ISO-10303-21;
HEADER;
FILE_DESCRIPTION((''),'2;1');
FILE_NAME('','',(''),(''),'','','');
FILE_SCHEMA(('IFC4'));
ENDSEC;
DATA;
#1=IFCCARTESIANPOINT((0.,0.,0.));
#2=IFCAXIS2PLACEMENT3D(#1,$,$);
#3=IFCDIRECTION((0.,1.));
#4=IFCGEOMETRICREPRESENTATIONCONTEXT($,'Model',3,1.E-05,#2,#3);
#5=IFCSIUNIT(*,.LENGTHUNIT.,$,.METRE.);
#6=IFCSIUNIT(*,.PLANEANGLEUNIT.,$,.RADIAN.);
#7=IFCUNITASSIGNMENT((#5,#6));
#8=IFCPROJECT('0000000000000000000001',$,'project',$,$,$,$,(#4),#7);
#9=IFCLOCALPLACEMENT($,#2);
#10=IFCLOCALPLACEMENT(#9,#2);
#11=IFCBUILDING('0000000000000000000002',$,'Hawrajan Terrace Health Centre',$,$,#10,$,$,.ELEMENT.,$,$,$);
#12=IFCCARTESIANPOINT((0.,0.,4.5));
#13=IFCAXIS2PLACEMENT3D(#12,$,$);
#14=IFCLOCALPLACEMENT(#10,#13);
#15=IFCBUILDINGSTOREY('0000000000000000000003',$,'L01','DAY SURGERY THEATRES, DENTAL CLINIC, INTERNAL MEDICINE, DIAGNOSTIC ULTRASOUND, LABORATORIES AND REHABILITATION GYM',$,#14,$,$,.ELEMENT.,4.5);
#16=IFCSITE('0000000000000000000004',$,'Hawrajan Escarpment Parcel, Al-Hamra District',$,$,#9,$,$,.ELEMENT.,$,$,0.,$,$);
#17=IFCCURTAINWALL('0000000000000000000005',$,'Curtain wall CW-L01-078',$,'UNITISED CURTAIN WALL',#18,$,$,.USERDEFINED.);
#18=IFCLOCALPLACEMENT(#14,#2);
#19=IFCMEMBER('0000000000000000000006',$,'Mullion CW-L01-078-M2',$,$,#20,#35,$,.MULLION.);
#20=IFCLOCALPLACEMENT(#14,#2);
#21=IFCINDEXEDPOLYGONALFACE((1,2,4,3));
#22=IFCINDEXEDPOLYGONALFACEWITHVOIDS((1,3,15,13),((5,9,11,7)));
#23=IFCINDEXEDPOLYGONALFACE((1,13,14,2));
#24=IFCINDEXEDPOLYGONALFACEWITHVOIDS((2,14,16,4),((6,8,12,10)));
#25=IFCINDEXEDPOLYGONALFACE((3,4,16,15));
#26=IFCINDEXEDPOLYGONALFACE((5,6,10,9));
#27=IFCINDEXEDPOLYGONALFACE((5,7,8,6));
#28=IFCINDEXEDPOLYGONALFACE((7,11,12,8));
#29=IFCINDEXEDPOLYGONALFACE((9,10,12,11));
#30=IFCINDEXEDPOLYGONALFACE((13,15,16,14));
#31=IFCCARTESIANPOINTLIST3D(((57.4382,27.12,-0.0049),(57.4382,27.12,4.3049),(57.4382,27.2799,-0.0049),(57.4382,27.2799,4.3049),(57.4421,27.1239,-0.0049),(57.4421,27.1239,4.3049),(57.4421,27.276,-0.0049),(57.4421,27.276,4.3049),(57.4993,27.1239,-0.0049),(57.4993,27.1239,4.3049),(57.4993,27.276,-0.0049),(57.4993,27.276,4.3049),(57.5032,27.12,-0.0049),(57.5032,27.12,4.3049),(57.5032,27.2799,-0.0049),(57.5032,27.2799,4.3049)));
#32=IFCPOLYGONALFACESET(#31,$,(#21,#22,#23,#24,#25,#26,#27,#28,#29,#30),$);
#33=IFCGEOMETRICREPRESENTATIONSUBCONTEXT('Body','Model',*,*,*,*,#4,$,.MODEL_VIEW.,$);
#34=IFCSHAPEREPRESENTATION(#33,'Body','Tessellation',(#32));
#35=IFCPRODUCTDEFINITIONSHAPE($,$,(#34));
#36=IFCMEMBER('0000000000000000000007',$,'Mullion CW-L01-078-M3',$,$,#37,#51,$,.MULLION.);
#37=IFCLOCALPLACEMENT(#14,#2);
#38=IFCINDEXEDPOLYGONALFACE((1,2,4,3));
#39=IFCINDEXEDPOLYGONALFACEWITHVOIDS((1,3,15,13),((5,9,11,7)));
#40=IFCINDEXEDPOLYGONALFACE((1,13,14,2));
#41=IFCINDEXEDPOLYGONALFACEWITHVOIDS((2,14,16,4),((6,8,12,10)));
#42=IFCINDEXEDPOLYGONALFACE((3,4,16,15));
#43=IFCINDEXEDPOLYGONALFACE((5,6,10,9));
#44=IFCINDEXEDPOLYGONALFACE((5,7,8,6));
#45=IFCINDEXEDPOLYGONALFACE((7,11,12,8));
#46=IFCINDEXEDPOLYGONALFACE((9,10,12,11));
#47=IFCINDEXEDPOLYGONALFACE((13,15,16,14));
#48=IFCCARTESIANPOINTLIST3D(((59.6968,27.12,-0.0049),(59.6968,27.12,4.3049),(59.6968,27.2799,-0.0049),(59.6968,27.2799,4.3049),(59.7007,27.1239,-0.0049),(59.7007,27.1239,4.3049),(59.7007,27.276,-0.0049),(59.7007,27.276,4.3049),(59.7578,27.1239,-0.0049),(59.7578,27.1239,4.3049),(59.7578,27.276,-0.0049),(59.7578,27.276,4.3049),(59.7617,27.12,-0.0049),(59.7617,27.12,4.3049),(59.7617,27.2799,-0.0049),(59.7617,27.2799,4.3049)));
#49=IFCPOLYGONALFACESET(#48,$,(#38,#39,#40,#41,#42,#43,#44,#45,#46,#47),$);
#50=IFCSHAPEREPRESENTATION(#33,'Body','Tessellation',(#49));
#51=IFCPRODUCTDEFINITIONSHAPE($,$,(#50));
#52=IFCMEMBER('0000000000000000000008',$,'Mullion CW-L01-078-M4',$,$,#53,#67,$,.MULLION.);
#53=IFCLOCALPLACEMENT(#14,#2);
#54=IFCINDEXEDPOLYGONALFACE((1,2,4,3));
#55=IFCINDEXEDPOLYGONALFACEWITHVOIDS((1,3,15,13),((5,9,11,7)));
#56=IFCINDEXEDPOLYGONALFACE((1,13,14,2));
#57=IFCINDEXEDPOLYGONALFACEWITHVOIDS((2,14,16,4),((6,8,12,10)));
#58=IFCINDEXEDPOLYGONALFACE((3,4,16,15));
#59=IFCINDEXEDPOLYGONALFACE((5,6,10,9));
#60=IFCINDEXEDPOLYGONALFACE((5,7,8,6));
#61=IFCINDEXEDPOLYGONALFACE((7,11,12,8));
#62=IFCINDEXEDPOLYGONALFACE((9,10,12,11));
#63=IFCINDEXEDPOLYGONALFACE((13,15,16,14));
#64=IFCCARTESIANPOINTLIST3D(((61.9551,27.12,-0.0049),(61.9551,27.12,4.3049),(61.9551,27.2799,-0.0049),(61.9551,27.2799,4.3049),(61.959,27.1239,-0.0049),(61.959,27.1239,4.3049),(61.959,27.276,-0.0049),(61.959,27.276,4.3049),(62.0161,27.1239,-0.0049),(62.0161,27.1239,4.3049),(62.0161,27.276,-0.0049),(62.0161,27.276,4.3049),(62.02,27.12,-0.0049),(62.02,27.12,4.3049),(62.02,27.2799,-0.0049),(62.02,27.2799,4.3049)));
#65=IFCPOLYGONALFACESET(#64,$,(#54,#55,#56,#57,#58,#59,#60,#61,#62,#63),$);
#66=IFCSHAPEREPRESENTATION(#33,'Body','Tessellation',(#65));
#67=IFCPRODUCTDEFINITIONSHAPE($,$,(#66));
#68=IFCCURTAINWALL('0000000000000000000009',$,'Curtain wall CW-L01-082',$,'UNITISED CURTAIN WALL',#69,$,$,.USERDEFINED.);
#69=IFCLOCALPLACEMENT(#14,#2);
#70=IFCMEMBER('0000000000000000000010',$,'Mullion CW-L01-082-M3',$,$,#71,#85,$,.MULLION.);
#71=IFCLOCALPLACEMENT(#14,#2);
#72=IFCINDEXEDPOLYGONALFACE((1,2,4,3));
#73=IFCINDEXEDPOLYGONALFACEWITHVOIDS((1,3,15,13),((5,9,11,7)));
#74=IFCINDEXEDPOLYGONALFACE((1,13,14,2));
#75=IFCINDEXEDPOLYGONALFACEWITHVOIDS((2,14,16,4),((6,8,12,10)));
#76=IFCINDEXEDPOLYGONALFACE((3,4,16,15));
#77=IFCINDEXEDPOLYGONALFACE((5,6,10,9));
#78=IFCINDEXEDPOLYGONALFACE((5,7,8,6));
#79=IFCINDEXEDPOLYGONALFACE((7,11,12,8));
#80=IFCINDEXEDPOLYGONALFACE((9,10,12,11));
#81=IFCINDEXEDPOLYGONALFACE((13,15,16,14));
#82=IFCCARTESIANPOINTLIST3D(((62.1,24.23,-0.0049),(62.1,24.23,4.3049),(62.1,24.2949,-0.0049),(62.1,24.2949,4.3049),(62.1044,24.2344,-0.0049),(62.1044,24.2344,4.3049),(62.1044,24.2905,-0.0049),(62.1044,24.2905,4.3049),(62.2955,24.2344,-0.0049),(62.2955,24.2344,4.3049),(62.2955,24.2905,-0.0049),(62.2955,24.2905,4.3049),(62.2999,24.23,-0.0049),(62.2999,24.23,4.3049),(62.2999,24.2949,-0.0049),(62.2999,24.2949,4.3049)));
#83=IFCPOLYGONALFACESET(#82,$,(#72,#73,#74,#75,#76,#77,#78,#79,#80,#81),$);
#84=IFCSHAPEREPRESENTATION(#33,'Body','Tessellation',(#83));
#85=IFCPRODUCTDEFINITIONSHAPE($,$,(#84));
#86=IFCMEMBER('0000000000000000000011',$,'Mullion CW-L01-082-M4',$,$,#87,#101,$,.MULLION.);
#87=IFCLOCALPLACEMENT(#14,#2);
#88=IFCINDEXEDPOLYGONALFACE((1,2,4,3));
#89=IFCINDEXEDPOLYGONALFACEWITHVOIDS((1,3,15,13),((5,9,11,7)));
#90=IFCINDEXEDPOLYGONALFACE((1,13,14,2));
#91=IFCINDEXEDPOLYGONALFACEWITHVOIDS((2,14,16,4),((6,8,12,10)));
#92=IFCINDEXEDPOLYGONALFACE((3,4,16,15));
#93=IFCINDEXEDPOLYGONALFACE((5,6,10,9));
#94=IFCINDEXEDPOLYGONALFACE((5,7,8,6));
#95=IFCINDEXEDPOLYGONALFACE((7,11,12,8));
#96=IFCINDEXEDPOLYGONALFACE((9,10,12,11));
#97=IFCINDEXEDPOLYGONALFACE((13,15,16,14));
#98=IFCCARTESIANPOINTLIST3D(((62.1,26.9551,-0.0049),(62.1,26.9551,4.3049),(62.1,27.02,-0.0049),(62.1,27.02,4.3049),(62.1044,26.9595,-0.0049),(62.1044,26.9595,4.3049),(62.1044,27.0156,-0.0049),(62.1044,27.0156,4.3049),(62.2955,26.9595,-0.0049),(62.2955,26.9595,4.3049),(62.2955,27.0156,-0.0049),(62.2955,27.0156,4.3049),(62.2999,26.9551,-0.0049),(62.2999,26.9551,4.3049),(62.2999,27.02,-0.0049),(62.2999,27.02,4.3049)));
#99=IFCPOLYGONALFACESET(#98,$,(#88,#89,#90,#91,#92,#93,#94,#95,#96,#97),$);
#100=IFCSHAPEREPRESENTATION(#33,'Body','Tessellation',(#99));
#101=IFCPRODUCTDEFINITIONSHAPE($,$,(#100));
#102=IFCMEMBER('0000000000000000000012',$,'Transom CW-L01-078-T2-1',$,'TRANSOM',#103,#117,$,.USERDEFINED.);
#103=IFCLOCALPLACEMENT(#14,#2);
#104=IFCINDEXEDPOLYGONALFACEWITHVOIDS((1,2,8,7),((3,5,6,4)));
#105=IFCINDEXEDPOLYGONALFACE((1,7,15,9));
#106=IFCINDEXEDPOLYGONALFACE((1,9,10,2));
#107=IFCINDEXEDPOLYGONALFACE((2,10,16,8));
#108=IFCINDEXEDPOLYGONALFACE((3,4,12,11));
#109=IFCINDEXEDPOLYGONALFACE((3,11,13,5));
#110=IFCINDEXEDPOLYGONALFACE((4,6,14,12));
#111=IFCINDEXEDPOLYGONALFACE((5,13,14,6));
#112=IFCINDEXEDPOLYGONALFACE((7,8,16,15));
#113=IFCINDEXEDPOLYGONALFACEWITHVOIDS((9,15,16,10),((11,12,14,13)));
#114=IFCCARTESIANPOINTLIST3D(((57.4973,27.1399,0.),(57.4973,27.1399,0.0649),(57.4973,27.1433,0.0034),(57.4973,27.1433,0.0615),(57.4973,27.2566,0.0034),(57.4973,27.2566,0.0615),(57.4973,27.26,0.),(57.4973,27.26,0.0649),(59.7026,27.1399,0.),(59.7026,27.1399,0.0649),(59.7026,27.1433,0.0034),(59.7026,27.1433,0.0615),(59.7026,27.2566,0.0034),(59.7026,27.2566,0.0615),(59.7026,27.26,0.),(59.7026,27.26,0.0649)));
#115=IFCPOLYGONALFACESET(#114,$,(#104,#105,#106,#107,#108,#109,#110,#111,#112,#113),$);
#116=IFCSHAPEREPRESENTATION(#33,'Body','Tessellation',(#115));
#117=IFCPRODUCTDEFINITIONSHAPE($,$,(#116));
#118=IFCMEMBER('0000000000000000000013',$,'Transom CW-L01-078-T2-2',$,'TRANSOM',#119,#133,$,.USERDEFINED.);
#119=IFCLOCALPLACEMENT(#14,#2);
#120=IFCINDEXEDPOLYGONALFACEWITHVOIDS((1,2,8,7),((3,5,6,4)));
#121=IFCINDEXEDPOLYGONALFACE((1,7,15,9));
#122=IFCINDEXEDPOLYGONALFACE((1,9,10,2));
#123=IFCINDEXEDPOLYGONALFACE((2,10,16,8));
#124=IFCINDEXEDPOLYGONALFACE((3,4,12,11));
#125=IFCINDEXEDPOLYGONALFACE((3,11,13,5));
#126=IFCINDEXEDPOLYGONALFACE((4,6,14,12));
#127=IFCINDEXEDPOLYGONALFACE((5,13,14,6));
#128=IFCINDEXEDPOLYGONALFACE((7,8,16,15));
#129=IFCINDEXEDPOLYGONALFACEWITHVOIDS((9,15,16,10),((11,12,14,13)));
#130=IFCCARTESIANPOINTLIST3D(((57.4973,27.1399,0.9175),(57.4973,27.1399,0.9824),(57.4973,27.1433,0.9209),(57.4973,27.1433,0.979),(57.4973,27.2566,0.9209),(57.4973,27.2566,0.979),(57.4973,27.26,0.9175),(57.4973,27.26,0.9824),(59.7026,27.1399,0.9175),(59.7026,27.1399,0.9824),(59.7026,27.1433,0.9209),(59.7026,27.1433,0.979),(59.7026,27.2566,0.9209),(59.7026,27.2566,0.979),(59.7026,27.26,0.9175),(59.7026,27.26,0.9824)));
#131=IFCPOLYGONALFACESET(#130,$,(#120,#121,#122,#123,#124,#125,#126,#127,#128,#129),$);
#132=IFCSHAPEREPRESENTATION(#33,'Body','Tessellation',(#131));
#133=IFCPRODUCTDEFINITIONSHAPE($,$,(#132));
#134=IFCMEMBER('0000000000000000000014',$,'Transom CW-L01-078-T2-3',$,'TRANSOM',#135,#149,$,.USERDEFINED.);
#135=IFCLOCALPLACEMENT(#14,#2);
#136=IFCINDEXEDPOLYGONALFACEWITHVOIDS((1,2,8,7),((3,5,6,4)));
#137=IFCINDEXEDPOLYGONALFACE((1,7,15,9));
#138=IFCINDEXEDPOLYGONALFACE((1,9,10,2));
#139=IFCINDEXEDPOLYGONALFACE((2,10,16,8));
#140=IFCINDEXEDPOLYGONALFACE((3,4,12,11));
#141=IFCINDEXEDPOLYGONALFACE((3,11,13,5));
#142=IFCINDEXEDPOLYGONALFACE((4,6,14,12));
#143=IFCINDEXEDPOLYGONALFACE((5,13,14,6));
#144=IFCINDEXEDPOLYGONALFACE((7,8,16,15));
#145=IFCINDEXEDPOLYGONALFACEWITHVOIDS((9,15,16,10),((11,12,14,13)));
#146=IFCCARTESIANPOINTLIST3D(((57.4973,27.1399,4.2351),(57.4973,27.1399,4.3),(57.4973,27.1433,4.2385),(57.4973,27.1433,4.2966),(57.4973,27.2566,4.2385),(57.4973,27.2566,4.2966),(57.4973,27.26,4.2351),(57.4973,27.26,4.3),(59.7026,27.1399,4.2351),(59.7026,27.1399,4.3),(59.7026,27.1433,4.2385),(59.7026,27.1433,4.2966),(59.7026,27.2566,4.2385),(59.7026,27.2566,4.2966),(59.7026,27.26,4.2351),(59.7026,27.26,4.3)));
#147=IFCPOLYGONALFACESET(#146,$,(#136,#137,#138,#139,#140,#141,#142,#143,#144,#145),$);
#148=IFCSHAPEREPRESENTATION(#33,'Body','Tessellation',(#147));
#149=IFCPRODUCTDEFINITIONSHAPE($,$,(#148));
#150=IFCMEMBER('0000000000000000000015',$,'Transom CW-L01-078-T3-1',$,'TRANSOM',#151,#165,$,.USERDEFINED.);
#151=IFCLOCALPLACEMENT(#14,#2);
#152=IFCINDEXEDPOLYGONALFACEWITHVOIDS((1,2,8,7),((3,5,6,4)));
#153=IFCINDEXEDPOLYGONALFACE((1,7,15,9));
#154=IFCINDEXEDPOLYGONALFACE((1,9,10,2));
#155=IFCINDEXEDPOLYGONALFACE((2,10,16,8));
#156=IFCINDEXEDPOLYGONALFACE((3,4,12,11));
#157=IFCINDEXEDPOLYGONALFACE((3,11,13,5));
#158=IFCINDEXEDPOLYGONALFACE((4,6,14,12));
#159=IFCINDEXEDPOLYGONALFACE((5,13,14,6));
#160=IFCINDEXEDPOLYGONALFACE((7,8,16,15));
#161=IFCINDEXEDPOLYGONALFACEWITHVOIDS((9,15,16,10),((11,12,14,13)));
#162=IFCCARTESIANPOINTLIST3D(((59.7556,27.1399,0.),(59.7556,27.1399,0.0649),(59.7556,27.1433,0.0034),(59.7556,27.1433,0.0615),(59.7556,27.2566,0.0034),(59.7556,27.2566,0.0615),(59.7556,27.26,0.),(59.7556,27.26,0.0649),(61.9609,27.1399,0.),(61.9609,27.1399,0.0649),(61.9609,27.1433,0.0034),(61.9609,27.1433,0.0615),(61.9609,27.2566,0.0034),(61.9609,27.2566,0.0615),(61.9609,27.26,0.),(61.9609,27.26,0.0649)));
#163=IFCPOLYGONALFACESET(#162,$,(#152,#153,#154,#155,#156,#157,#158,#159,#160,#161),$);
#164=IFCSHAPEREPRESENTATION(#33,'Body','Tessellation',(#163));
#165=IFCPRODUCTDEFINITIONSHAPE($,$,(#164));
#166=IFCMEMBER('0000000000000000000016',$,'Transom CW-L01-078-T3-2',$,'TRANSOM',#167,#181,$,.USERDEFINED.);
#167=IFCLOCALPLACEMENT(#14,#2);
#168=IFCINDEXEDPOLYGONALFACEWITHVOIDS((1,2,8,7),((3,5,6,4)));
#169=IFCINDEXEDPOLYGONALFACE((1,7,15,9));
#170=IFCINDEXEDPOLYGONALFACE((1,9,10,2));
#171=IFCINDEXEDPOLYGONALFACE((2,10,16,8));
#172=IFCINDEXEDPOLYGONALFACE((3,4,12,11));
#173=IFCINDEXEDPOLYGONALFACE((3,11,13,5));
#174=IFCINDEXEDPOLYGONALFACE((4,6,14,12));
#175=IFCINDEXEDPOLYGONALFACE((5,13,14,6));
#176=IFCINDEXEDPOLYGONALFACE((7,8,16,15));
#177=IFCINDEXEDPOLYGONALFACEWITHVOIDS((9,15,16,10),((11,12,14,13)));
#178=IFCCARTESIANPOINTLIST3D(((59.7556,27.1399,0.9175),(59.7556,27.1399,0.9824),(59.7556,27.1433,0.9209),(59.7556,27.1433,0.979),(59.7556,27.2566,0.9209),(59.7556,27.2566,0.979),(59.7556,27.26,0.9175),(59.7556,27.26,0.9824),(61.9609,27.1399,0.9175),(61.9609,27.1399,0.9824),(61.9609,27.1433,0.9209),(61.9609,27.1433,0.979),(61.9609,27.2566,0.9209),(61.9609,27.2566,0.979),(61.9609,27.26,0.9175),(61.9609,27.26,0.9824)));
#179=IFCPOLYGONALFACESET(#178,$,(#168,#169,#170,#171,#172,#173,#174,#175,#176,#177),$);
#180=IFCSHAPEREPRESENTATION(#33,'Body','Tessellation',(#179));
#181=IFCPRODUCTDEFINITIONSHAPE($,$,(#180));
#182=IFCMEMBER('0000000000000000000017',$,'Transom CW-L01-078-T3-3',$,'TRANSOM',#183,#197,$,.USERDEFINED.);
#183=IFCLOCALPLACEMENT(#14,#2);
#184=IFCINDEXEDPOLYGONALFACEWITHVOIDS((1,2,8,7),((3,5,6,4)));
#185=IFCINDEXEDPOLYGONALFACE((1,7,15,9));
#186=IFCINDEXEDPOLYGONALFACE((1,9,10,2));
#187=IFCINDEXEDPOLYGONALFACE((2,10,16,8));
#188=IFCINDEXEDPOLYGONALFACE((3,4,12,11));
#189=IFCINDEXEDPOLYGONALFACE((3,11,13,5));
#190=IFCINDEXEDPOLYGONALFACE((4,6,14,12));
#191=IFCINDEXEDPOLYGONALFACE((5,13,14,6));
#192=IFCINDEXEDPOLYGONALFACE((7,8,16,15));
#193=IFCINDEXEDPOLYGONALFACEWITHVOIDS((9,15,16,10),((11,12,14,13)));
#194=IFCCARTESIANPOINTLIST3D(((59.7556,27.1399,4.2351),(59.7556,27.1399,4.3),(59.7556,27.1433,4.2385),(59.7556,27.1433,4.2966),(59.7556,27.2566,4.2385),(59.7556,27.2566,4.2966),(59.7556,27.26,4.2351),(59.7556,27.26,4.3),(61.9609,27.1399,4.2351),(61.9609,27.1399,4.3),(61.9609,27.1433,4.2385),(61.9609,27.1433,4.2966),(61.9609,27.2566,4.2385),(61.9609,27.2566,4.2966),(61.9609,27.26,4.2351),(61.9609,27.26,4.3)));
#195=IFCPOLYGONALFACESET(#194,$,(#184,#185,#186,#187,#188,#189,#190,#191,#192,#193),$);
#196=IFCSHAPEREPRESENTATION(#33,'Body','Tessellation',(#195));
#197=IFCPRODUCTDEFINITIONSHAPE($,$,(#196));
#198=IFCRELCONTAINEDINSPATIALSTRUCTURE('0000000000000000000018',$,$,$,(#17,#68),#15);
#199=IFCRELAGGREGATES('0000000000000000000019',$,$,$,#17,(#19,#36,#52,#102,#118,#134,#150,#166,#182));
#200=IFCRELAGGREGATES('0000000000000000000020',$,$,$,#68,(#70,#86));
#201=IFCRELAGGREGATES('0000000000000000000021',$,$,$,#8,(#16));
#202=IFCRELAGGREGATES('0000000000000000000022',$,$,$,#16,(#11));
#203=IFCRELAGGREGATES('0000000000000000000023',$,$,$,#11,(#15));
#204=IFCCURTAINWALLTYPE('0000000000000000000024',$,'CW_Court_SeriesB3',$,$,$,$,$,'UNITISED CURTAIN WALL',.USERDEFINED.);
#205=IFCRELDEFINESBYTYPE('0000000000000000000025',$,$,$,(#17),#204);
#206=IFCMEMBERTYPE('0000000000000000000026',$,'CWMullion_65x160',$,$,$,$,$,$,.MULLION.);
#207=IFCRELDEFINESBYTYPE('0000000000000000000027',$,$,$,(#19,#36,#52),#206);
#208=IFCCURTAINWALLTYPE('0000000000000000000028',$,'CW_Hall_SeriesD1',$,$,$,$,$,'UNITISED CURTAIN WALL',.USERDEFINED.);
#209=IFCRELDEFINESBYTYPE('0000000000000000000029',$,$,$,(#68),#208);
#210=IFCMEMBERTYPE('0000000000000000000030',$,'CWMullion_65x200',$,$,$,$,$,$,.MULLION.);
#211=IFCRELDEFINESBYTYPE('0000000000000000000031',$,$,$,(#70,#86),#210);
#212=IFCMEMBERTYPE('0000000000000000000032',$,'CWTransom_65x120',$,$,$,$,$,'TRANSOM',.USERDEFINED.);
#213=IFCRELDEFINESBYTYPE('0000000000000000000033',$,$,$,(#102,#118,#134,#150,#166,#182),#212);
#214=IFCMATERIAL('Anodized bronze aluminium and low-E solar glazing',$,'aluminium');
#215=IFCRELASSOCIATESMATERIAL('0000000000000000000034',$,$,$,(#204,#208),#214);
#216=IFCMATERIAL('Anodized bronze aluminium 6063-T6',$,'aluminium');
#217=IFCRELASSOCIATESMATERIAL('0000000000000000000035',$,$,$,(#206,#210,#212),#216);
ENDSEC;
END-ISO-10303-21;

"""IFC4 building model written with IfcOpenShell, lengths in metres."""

from ifc_helpers import new_model, si_unit, direction, frame, origin, origin_2d, place, context, subcontext, project, spatial, hollow_rectangle, extrude, material, material_profile, profile_set, type_object, element, aggregate, save


model = new_model("IFC4")

# Units and contexts
model_context = context("Model", 3, precision=1e-05, world=origin(), true_north=direction((0.0, 1.0)))
body_context = subcontext(model_context, "Body", "Model", "MODEL_VIEW")
ifc_project = project(units=[si_unit("LENGTHUNIT", "METRE"), si_unit("PLANEANGLEUNIT", "RADIAN")], contexts=[model_context])

# Site, building, storey
site_placement = place(None, origin())
site = spatial("IfcSite", under=ifc_project, at=site_placement, Name="Hawrajan Escarpment Parcel, Al-Hamra District", CompositionType="ELEMENT", RefElevation=0.0)
building_placement = place(site_placement, origin())
building = spatial("IfcBuilding", under=site, at=building_placement, Name="Hawrajan Terrace Health Centre", CompositionType="ELEMENT")
storey_placement = place(building_placement, frame((0.0, 0.0, 4.5)))
storey = spatial("IfcBuildingStorey", under=building, at=storey_placement, Name="L01", Description="DAY SURGERY THEATRES, DENTAL CLINIC, INTERNAL MEDICINE, DIAGNOSTIC ULTRASOUND, LABORATORIES AND REHABILITATION GYM", CompositionType="ELEMENT", Elevation=4.5)

# Curtain walls, members
ifc_material_1 = material(Name="Anodized bronze aluminium and low-E solar glazing", Category="aluminium")
curtain_wall_type_1 = type_object("IfcCurtainWallType", Name="CW_Court_SeriesB3", ElementType="UNITISED CURTAIN WALL", PredefinedType="USERDEFINED", material=ifc_material_1)
curtain_wall_1_placement = place(storey_placement, origin())
curtain_wall_1 = element("IfcCurtainWall", 1, at=curtain_wall_1_placement, inside=storey, type_object=curtain_wall_type_1, Name="Curtain wall CW-L01-078", ObjectType="UNITISED CURTAIN WALL", PredefinedType="USERDEFINED")
ifc_material_2 = material(Name="Anodized bronze aluminium 6063-T6", Category="aluminium")
ifc_material_profile_1 = material_profile(ifc_material_2, hollow_rectangle(XDim=0.0649, YDim=0.1599, WallThickness=0.0039, at=origin_2d()), Name="CW MUL 65x160")
ifc_profile_set_1 = profile_set([ifc_material_profile_1], Name="Anodized bronze aluminium 6063-T6")
member_type_1 = type_object("IfcMemberType", Name="CWMullion_65x160", PredefinedType="MULLION", material=ifc_profile_set_1)
member_1_placement = place(storey_placement, frame((57.4707, 27.2, -0.0049), z_axis=(0.0, 0.0, 1.0), x_axis=(1.0, 0.0, 0.0)))
member_1 = element("IfcMember", 2, at=member_1_placement, type_object=member_type_1, Name="Mullion CW-L01-078-M2", PredefinedType="MULLION", context=body_context, shape_type="SweptSolid", body=[
    extrude(hollow_rectangle(XDim=0.0649, YDim=0.1599, WallThickness=0.0039, at=origin_2d()), origin(), (0.0, 0.0, 1.0), 4.3098),
])
member_2_placement = place(storey_placement, frame((59.7292, 27.2, -0.0049), z_axis=(0.0, 0.0, 1.0), x_axis=(1.0, 0.0, 0.0)))
member_2 = element("IfcMember", 3, at=member_2_placement, type_object=member_type_1, Name="Mullion CW-L01-078-M3", PredefinedType="MULLION", context=body_context, shape_type="SweptSolid", body=[
    extrude(hollow_rectangle(XDim=0.0649, YDim=0.1599, WallThickness=0.0039, at=origin_2d()), origin(), (0.0, 0.0, 1.0), 4.3098),
])
member_3_placement = place(storey_placement, frame((61.9875, 27.2, -0.0049), z_axis=(0.0, 0.0, 1.0), x_axis=(1.0, 0.0, 0.0)))
member_3 = element("IfcMember", 4, at=member_3_placement, type_object=member_type_1, Name="Mullion CW-L01-078-M4", PredefinedType="MULLION", context=body_context, shape_type="SweptSolid", body=[
    extrude(hollow_rectangle(XDim=0.0649, YDim=0.1599, WallThickness=0.0039, at=origin_2d()), origin(), (0.0, 0.0, 1.0), 4.3098),
])
curtain_wall_type_2 = type_object("IfcCurtainWallType", Name="CW_Hall_SeriesD1", ElementType="UNITISED CURTAIN WALL", PredefinedType="USERDEFINED", material=ifc_material_1)
curtain_wall_2_placement = place(storey_placement, origin())
curtain_wall_2 = element("IfcCurtainWall", 5, at=curtain_wall_2_placement, inside=storey, type_object=curtain_wall_type_2, Name="Curtain wall CW-L01-082", ObjectType="UNITISED CURTAIN WALL", PredefinedType="USERDEFINED")
ifc_material_profile_2 = material_profile(ifc_material_2, hollow_rectangle(XDim=0.0649, YDim=0.2, WallThickness=0.0044, at=origin_2d()), Name="CW MUL 65x200")
ifc_profile_set_2 = profile_set([ifc_material_profile_2], Name="Anodized bronze aluminium 6063-T6")
member_type_2 = type_object("IfcMemberType", Name="CWMullion_65x200", PredefinedType="MULLION", material=ifc_profile_set_2)
member_4_placement = place(storey_placement, frame((62.2, 24.2625, -0.0049), z_axis=(0.0, 0.0, 1.0), x_axis=(0.0, 1.0, 0.0)))
member_4 = element("IfcMember", 6, at=member_4_placement, type_object=member_type_2, Name="Mullion CW-L01-082-M3", PredefinedType="MULLION", context=body_context, shape_type="SweptSolid", body=[
    extrude(hollow_rectangle(XDim=0.0649, YDim=0.2, WallThickness=0.0044, at=origin_2d()), origin(), (0.0, 0.0, 1.0), 4.3098),
])
member_5_placement = place(storey_placement, frame((62.2, 26.9875, -0.0049), z_axis=(0.0, 0.0, 1.0), x_axis=(0.0, 1.0, 0.0)))
member_5 = element("IfcMember", 7, at=member_5_placement, type_object=member_type_2, Name="Mullion CW-L01-082-M4", PredefinedType="MULLION", context=body_context, shape_type="SweptSolid", body=[
    extrude(hollow_rectangle(XDim=0.0649, YDim=0.2, WallThickness=0.0044, at=origin_2d()), origin(), (0.0, 0.0, 1.0), 4.3098),
])

# Members
ifc_material_profile_3 = material_profile(ifc_material_2, hollow_rectangle(XDim=0.0649, YDim=0.1201, WallThickness=0.0034, at=origin_2d()), Name="CW TRN 65x120")
ifc_profile_set_3 = profile_set([ifc_material_profile_3], Name="Anodized bronze aluminium 6063-T6")
member_type_3 = type_object("IfcMemberType", Name="CWTransom_65x120", ElementType="TRANSOM", PredefinedType="USERDEFINED", material=ifc_profile_set_3)
member_6_placement = place(storey_placement, frame((57.4973, 27.2, 0.0325), z_axis=(1.0, 0.0, 0.0), x_axis=(0.0, 0.0, 1.0)))
member_6 = element("IfcMember", 8, at=member_6_placement, type_object=member_type_3, Name="Transom CW-L01-078-T2-1", ObjectType="TRANSOM", PredefinedType="USERDEFINED", context=body_context, shape_type="SweptSolid", body=[
    extrude(hollow_rectangle(XDim=0.0649, YDim=0.1201, WallThickness=0.0034, at=origin_2d()), origin(), (0.0, 0.0, 1.0), 2.2053),
])
member_7_placement = place(storey_placement, frame((57.4973, 27.2, 0.95), z_axis=(1.0, 0.0, 0.0), x_axis=(0.0, 0.0, 1.0)))
member_7 = element("IfcMember", 9, at=member_7_placement, type_object=member_type_3, Name="Transom CW-L01-078-T2-2", ObjectType="TRANSOM", PredefinedType="USERDEFINED", context=body_context, shape_type="SweptSolid", body=[
    extrude(hollow_rectangle(XDim=0.0649, YDim=0.1201, WallThickness=0.0034, at=origin_2d()), origin(), (0.0, 0.0, 1.0), 2.2053),
])
member_8_placement = place(storey_placement, frame((57.4973, 27.2, 4.2676), z_axis=(1.0, 0.0, 0.0), x_axis=(0.0, 0.0, 1.0)))
member_8 = element("IfcMember", 10, at=member_8_placement, type_object=member_type_3, Name="Transom CW-L01-078-T2-3", ObjectType="TRANSOM", PredefinedType="USERDEFINED", context=body_context, shape_type="SweptSolid", body=[
    extrude(hollow_rectangle(XDim=0.0649, YDim=0.1201, WallThickness=0.0034, at=origin_2d()), origin(), (0.0, 0.0, 1.0), 2.2053),
])
member_9_placement = place(storey_placement, frame((59.7556, 27.2, 0.0325), z_axis=(1.0, 0.0, 0.0), x_axis=(0.0, 0.0, 1.0)))
member_9 = element("IfcMember", 11, at=member_9_placement, type_object=member_type_3, Name="Transom CW-L01-078-T3-1", ObjectType="TRANSOM", PredefinedType="USERDEFINED", context=body_context, shape_type="SweptSolid", body=[
    extrude(hollow_rectangle(XDim=0.0649, YDim=0.1201, WallThickness=0.0034, at=origin_2d()), origin(), (0.0, 0.0, 1.0), 2.2053),
])
member_10_placement = place(storey_placement, frame((59.7556, 27.2, 0.95), z_axis=(1.0, 0.0, 0.0), x_axis=(0.0, 0.0, 1.0)))
member_10 = element("IfcMember", 12, at=member_10_placement, type_object=member_type_3, Name="Transom CW-L01-078-T3-2", ObjectType="TRANSOM", PredefinedType="USERDEFINED", context=body_context, shape_type="SweptSolid", body=[
    extrude(hollow_rectangle(XDim=0.0649, YDim=0.1201, WallThickness=0.0034, at=origin_2d()), origin(), (0.0, 0.0, 1.0), 2.2053),
])
member_11_placement = place(storey_placement, frame((59.7556, 27.2, 4.2676), z_axis=(1.0, 0.0, 0.0), x_axis=(0.0, 0.0, 1.0)))
member_11 = element("IfcMember", 13, at=member_11_placement, type_object=member_type_3, Name="Transom CW-L01-078-T3-3", ObjectType="TRANSOM", PredefinedType="USERDEFINED", context=body_context, shape_type="SweptSolid", body=[
    extrude(hollow_rectangle(XDim=0.0649, YDim=0.1201, WallThickness=0.0034, at=origin_2d()), origin(), (0.0, 0.0, 1.0), 2.2053),
])

aggregate(curtain_wall_1, [member_1, member_2, member_3, member_6, member_7, member_8, member_9, member_10, member_11])
aggregate(curtain_wall_2, [member_4, member_5])

save(model, "model.ifc")
